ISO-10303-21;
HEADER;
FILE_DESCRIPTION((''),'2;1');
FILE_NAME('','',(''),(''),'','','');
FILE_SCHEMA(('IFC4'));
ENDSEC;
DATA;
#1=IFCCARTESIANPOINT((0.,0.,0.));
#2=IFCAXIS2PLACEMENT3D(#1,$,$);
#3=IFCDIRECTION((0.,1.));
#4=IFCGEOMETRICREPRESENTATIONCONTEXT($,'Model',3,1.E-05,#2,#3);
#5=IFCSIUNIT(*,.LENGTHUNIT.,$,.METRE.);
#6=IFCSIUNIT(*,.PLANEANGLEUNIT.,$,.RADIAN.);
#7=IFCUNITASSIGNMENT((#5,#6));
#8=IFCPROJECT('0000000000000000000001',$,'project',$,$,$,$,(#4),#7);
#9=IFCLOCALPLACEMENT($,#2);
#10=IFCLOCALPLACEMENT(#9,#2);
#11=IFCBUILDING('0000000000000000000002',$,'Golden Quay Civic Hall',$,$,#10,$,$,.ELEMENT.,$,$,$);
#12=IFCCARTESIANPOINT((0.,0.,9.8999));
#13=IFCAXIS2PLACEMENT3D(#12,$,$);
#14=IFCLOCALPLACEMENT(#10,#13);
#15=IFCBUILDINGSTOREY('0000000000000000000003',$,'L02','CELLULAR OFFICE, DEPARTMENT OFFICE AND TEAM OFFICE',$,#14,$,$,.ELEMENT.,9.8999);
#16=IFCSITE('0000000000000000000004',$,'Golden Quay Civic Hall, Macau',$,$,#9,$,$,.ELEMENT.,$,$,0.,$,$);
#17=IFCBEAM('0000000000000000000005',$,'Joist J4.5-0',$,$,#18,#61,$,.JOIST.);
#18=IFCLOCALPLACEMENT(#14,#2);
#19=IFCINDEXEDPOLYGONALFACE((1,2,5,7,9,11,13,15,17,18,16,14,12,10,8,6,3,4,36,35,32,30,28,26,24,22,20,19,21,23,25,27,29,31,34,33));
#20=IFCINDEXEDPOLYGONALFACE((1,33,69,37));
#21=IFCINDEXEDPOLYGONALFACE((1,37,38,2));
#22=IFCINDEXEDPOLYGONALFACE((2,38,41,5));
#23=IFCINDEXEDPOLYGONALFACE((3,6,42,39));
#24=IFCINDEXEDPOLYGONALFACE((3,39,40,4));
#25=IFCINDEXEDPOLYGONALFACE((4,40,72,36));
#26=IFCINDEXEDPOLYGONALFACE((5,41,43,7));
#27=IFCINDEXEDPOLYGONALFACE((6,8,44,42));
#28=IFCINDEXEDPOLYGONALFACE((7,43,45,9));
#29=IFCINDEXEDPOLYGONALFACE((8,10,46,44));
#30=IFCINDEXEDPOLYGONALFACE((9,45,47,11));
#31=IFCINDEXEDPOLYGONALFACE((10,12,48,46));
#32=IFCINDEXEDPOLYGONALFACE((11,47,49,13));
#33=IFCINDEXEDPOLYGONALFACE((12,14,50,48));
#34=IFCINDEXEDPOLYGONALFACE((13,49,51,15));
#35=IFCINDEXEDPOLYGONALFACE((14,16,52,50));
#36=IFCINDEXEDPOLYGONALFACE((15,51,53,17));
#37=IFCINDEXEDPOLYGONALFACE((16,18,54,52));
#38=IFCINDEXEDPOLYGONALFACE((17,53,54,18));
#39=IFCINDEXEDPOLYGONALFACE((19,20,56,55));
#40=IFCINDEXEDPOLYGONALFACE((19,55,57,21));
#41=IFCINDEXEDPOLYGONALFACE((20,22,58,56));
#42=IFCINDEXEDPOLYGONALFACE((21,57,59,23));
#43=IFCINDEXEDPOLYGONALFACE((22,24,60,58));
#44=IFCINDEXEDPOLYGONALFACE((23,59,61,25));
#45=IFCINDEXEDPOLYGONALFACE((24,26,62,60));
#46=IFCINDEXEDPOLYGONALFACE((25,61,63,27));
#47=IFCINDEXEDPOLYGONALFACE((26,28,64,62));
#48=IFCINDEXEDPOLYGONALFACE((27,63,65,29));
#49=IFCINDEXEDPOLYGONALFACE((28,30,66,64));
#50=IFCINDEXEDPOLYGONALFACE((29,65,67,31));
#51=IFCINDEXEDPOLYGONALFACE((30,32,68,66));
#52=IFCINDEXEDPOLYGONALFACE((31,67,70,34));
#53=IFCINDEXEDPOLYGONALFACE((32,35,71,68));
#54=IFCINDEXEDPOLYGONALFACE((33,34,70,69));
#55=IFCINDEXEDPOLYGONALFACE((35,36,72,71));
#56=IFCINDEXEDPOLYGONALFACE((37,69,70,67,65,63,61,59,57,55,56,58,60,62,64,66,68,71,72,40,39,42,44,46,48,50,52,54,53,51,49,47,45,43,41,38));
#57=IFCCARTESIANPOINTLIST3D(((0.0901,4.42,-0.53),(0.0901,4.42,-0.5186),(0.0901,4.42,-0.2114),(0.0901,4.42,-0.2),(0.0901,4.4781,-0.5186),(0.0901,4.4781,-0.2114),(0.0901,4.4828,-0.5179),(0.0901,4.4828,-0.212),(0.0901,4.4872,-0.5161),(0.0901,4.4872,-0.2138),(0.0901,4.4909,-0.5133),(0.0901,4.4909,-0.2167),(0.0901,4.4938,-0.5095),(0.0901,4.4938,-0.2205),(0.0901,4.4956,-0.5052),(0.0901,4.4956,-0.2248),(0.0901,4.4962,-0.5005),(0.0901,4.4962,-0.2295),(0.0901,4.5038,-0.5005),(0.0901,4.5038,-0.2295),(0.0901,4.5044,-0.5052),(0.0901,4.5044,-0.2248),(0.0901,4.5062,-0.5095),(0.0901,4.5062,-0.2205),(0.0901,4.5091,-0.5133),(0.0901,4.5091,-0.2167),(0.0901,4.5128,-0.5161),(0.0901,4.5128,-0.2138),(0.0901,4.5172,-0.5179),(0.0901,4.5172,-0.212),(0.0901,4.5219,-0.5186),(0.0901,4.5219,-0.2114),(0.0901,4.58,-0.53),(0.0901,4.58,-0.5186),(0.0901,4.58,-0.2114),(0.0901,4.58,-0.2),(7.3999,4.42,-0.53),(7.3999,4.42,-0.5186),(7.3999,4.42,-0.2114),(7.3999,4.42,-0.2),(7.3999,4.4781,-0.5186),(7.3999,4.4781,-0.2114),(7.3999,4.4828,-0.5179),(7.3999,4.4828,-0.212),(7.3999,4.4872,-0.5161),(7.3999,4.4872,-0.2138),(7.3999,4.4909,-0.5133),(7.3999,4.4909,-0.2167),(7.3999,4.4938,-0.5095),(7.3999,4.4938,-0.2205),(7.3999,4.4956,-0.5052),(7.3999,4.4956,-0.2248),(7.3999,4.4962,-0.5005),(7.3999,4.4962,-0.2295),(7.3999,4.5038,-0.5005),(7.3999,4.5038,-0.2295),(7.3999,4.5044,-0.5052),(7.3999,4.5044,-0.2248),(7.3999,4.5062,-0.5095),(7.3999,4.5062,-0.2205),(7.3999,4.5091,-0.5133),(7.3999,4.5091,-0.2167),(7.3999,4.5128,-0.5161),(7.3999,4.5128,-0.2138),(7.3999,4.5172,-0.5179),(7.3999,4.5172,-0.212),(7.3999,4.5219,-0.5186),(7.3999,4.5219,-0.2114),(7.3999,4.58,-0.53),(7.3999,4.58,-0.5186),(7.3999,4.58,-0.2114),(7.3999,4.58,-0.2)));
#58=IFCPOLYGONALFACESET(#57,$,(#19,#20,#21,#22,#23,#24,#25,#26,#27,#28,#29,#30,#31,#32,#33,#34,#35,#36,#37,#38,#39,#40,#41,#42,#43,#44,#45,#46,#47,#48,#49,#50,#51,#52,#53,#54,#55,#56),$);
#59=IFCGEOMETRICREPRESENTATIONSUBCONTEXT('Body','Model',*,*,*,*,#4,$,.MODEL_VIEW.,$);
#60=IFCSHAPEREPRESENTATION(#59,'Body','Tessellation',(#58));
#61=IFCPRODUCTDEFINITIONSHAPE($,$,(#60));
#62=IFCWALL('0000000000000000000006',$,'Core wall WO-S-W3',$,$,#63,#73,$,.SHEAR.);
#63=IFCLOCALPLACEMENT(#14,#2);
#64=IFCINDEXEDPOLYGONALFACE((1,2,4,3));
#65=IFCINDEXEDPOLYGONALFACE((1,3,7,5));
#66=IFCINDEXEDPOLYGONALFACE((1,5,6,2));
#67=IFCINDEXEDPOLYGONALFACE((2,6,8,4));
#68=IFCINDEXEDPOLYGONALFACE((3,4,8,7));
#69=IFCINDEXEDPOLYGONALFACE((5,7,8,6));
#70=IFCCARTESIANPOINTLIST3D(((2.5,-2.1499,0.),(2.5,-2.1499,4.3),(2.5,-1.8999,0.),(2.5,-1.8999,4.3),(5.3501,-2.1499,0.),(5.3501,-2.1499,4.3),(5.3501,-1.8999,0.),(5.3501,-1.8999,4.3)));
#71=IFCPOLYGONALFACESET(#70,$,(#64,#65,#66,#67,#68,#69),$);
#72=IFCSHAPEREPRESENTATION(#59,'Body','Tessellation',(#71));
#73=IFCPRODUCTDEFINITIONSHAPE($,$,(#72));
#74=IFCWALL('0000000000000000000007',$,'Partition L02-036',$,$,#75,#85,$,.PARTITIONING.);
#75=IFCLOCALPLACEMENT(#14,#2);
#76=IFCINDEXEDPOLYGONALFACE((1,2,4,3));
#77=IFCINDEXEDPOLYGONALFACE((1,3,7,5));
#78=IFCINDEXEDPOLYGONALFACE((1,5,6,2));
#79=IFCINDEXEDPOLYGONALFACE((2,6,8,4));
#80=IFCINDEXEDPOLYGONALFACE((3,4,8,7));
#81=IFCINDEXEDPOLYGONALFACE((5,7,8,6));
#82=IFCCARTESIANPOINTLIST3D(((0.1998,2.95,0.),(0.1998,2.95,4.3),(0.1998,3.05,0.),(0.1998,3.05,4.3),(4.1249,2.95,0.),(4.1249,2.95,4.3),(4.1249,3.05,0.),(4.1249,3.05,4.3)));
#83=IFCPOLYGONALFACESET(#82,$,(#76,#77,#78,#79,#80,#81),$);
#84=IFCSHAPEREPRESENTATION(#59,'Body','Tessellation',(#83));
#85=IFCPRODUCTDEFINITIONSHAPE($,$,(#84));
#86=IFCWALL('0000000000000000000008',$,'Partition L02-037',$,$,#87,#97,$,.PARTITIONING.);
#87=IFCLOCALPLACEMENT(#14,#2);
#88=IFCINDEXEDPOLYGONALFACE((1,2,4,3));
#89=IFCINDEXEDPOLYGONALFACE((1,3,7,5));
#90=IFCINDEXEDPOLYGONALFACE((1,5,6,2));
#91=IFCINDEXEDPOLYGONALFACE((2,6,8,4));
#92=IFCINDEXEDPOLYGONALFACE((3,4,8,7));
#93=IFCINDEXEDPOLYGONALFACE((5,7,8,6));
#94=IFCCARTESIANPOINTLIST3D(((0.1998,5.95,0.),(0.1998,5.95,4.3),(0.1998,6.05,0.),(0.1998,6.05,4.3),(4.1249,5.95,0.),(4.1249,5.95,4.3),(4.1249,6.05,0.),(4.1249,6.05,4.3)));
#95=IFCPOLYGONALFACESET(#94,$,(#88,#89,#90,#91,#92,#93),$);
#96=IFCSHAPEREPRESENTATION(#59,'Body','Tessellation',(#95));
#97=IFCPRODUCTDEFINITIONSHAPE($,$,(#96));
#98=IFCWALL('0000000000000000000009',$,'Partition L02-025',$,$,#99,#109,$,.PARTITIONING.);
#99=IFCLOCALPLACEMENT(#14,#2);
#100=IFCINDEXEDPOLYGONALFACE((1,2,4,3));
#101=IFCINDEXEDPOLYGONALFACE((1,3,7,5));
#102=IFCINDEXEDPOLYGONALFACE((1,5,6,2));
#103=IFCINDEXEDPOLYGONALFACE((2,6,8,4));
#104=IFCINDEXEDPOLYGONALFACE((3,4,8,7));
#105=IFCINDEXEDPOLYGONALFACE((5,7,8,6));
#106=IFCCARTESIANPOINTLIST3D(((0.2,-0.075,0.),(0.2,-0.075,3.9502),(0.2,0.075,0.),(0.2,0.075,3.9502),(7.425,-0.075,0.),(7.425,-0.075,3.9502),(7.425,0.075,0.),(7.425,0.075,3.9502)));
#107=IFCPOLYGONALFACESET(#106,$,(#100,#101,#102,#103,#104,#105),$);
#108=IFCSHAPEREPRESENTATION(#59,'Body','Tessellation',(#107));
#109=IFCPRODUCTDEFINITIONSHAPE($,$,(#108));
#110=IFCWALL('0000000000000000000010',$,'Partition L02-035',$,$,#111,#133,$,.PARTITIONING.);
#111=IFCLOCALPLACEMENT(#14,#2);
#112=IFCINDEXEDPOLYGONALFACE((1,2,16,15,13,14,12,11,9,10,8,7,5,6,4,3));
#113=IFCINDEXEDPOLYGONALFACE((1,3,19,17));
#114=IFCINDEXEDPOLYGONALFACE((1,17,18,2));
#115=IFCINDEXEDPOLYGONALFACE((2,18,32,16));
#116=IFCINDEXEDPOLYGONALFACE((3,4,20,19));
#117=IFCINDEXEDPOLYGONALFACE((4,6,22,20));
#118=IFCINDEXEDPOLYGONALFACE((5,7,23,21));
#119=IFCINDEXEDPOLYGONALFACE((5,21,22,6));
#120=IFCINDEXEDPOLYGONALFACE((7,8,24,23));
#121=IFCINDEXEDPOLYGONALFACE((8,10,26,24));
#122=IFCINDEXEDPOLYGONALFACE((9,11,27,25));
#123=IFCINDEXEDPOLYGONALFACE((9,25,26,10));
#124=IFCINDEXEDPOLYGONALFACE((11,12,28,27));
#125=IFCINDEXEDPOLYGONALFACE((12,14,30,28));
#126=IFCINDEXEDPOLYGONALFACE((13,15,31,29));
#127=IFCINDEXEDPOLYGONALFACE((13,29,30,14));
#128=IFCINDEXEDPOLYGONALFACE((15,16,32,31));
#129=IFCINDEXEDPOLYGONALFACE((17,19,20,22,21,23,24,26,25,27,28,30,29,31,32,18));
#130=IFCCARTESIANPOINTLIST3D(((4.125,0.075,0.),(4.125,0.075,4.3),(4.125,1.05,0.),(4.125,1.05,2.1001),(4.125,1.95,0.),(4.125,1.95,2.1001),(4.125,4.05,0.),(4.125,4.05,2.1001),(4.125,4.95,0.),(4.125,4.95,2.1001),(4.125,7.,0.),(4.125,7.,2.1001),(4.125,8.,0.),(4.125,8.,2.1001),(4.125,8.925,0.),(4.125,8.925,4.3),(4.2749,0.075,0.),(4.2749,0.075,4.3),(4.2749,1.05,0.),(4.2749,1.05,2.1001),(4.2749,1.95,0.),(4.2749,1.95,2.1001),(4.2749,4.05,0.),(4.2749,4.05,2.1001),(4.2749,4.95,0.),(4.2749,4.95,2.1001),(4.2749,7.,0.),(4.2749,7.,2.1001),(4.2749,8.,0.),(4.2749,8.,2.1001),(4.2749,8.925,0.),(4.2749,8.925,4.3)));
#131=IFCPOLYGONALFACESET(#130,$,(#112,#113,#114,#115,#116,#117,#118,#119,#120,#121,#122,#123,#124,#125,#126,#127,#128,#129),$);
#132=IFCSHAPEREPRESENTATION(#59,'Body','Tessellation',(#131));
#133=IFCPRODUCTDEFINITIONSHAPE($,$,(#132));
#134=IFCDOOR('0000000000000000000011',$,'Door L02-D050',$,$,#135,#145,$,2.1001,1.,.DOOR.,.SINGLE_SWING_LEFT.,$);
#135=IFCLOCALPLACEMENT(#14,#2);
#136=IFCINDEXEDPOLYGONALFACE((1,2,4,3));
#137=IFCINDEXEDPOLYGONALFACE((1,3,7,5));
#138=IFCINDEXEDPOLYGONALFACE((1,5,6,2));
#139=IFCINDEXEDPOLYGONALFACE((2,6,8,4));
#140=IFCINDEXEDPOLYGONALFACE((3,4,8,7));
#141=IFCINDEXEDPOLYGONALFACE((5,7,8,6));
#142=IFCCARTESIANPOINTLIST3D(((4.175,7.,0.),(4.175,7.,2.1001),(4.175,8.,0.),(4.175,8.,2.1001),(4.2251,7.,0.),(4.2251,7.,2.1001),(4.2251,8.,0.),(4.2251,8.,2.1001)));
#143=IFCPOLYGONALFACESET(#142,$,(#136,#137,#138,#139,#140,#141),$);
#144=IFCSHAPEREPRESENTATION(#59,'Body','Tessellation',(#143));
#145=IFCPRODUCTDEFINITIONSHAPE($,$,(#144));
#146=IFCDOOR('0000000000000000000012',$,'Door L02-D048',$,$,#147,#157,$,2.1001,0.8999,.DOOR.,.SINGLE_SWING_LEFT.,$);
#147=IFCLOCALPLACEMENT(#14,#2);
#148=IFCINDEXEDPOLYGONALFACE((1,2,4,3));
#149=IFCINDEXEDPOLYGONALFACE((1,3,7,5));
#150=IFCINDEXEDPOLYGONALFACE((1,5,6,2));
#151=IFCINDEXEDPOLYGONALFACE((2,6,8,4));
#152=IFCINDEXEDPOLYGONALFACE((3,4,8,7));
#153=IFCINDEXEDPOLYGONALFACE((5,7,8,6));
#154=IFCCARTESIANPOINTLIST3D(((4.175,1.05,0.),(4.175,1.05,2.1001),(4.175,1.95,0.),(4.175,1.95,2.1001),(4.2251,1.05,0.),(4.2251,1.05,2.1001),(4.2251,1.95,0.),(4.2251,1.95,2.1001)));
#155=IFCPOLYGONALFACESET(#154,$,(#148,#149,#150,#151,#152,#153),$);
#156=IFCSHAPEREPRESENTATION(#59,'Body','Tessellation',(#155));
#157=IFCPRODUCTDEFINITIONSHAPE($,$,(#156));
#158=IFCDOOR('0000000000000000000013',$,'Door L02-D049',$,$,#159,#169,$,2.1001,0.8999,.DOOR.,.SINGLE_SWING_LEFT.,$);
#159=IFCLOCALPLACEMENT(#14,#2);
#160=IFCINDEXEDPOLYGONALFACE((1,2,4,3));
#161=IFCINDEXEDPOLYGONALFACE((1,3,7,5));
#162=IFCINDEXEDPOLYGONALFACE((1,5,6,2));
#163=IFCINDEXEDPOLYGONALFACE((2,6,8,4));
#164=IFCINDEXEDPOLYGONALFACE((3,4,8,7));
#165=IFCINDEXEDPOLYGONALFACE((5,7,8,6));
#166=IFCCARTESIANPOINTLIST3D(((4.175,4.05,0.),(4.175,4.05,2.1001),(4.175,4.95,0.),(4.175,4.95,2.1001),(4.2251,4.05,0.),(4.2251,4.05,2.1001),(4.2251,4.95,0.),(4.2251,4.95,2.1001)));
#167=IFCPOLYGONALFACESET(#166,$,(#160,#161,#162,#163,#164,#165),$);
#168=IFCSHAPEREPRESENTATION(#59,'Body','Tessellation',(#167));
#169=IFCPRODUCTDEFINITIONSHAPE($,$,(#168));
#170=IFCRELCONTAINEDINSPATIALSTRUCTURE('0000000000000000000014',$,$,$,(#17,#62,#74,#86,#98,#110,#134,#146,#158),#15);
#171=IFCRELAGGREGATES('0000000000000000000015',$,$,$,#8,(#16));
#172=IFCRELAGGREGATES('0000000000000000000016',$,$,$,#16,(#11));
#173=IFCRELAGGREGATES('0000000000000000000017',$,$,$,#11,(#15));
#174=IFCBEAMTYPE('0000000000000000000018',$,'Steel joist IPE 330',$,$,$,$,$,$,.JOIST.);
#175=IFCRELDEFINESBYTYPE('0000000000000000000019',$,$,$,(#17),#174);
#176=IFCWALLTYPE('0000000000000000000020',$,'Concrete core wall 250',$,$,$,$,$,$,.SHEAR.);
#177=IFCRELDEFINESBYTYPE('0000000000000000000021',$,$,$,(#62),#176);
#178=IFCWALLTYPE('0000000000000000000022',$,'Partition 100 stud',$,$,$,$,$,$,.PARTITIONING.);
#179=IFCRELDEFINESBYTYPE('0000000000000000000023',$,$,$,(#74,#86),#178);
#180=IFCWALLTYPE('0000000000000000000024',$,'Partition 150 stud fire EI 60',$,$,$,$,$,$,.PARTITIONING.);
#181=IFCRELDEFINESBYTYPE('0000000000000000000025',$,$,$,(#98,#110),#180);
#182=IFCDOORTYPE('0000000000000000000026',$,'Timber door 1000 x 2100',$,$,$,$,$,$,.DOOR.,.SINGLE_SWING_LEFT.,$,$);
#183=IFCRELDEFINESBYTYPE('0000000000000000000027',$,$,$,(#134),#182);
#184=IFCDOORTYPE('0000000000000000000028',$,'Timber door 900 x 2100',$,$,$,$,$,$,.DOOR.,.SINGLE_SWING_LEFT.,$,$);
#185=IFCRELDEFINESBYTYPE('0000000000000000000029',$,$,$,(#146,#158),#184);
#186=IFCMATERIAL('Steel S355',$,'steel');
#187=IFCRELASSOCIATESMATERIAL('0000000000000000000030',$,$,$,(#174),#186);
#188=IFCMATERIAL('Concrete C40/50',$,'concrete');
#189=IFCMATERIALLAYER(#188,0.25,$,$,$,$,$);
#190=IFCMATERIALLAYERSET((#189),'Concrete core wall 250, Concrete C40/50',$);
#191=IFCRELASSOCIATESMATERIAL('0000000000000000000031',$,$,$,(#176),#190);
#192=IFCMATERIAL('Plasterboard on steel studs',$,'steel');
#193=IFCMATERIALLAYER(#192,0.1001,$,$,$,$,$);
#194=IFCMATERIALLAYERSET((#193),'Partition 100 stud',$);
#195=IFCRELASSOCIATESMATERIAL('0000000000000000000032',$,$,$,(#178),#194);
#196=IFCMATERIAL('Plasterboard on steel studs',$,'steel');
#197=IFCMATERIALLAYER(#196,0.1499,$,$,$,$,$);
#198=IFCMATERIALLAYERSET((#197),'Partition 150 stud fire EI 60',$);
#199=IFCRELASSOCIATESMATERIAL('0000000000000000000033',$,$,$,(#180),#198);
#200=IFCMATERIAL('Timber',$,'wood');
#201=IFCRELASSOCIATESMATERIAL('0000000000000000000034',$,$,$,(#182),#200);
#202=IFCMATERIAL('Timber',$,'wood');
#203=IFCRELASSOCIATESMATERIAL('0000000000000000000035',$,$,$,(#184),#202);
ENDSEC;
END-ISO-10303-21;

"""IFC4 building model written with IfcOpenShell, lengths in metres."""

from ifc_helpers import new_model, si_unit, direction, frame, frame_2d, origin, origin_2d, place, context, subcontext, project, spatial, rectangle, i_section, extrude, material, layer, layer_set, material_profile, profile_set, type_object, element, fill, save


model = new_model("IFC4")

# Units and contexts
model_context = context("Model", 3, precision=1e-05, world=origin(), true_north=direction((0.0, 1.0)))
body_context = subcontext(model_context, "Body", "Model", "MODEL_VIEW")
ifc_project = project(units=[si_unit("LENGTHUNIT", "METRE"), si_unit("PLANEANGLEUNIT", "RADIAN")], contexts=[model_context])

# Site, building, storey
site_placement = place(None, origin())
site = spatial("IfcSite", under=ifc_project, at=site_placement, Name="Golden Quay Civic Hall, Macau", CompositionType="ELEMENT", RefElevation=0.0)
building_placement = place(site_placement, origin())
building = spatial("IfcBuilding", under=site, at=building_placement, Name="Golden Quay Civic Hall", CompositionType="ELEMENT")
storey_placement = place(building_placement, frame((0.0, 0.0, 9.8999)))
storey = spatial("IfcBuildingStorey", under=building, at=storey_placement, Name="L02", Description="CELLULAR OFFICE, DEPARTMENT OFFICE AND TEAM OFFICE", CompositionType="ELEMENT", Elevation=9.8999)

# Beam
ifc_material_1 = material(Name="Steel S355", Category="steel")
ifc_material_profile_1 = material_profile(ifc_material_1, i_section(OverallWidth=0.1599, OverallDepth=0.3301, WebThickness=0.0076, FlangeThickness=0.0115, FilletRadius=0.0181, at=origin_2d()), Name="IPE 330")
ifc_profile_set_1 = profile_set([ifc_material_profile_1], Name="Steel S355")
beam_type_1 = type_object("IfcBeamType", Name="Steel joist IPE 330", PredefinedType="JOIST", material=ifc_profile_set_1)
for number, where, z_axis, x_axis, name in (
    (1, (0.0901, 4.5, -0.365), (1.0, 0.0, 0.0), (0.0, 1.0, 0.0), "Joist J4.5-0"),
):
    element("IfcBeam", number, at=place(storey_placement, frame(where, z_axis=z_axis, x_axis=x_axis)), inside=storey, type_object=beam_type_1, Name=name, PredefinedType="JOIST", context=body_context, shape_type="SweptSolid", body=[
        extrude(i_section(OverallWidth=0.1599, OverallDepth=0.3301, WebThickness=0.0076, FlangeThickness=0.0115, FilletRadius=0.0181, at=origin_2d()), origin(), (0.0, 0.0, 1.0), 7.3098),
    ])

# Walls
ifc_material_2 = material(Name="Concrete C40/50", Category="concrete")
ifc_layer_1 = layer(ifc_material_2, 0.25)
ifc_layer_set_1 = layer_set([ifc_layer_1], Name="Concrete core wall 250, Concrete C40/50")
wall_type_1 = type_object("IfcWallType", Name="Concrete core wall 250", PredefinedType="SHEAR", material=ifc_layer_set_1)
wall_1_placement = place(storey_placement, frame((2.5, -2.0249, 0.0), z_axis=(0.0, 0.0, 1.0), x_axis=(1.0, 0.0, 0.0)))
element("IfcWall", 2, at=wall_1_placement, inside=storey, type_object=wall_type_1, Name="Core wall WO-S-W3", PredefinedType="SHEAR", context=body_context, shape_type="SweptSolid", body=[
    extrude(rectangle(XDim=2.8501, YDim=0.25, at=frame_2d((1.425, 0.0))), origin(), (0.0, 0.0, 1.0), 4.3),
])
ifc_material_3 = material(Name="Plasterboard on steel studs", Category="steel")
ifc_layer_2 = layer(ifc_material_3, 0.1001)
ifc_layer_set_2 = layer_set([ifc_layer_2], Name="Partition 100 stud")
wall_type_2 = type_object("IfcWallType", Name="Partition 100 stud", PredefinedType="PARTITIONING", material=ifc_layer_set_2)
for number, where, z_axis, x_axis, name in (
    (3, (0.2, 3.0, 0.0), (0.0, 0.0, 1.0), (1.0, 0.0, 0.0), "Partition L02-036"),
    (4, (0.2, 6.0, 0.0), (0.0, 0.0, 1.0), (1.0, 0.0, 0.0), "Partition L02-037"),
):
    element("IfcWall", number, at=place(storey_placement, frame(where, z_axis=z_axis, x_axis=x_axis)), inside=storey, type_object=wall_type_2, Name=name, PredefinedType="PARTITIONING", context=body_context, shape_type="SweptSolid", body=[
        extrude(rectangle(XDim=3.925, YDim=0.1001, at=frame_2d((1.9624, 0.0))), origin(), (0.0, 0.0, 1.0), 4.3),
    ])
ifc_material_4 = material(Name="Plasterboard on steel studs", Category="steel")
ifc_layer_3 = layer(ifc_material_4, 0.1499)
ifc_layer_set_3 = layer_set([ifc_layer_3], Name="Partition 150 stud fire EI 60")
wall_type_3 = type_object("IfcWallType", Name="Partition 150 stud fire EI 60", PredefinedType="PARTITIONING", material=ifc_layer_set_3)
wall_2_placement = place(storey_placement, frame((0.2, 0.0, 0.0), z_axis=(0.0, 0.0, 1.0), x_axis=(1.0, 0.0, 0.0)))
element("IfcWall", 5, at=wall_2_placement, inside=storey, type_object=wall_type_3, Name="Partition L02-025", PredefinedType="PARTITIONING", context=body_context, shape_type="SweptSolid", body=[
    extrude(rectangle(XDim=7.2251, YDim=0.1499, at=frame_2d((3.6125, 0.0))), origin(), (0.0, 0.0, 1.0), 3.9502),
])

# Wall, openings, doors
wall_3_placement = place(storey_placement, frame((4.2, 0.075, 0.0), z_axis=(0.0, 0.0, 1.0), x_axis=(0.0, 1.0, 0.0)))
wall_3 = element("IfcWall", 6, at=wall_3_placement, inside=storey, type_object=wall_type_3, Name="Partition L02-035", PredefinedType="PARTITIONING", context=body_context, shape_type="SweptSolid", body=[
    extrude(rectangle(XDim=8.8501, YDim=0.1499, at=frame_2d((4.425, 0.0))), origin(), (0.0, 0.0, 1.0), 4.3),
])
opening_1_placement = place(wall_3_placement, frame((0.9751, 0.0, 0.0)))
opening_1 = element("IfcOpeningElement", 7, at=opening_1_placement, cuts=wall_3, PredefinedType="OPENING", context=body_context, shape_type="SweptSolid", body=[
    extrude(rectangle(XDim=0.8999, YDim=2.1001, at=frame_2d((0.45, 1.05))), frame((0.0, 0.085, 0.0), z_axis=(0.0, -1.0, 0.0), x_axis=(1.0, 0.0, 0.0)), (0.0, 0.0, 1.0), 0.1699),
])
opening_2_placement = place(wall_3_placement, frame((3.9751, 0.0, 0.0)))
opening_2 = element("IfcOpeningElement", 8, at=opening_2_placement, cuts=wall_3, PredefinedType="OPENING", context=body_context, shape_type="SweptSolid", body=[
    extrude(rectangle(XDim=0.8999, YDim=2.1001, at=frame_2d((0.45, 1.05))), frame((0.0, 0.085, 0.0), z_axis=(0.0, -1.0, 0.0), x_axis=(1.0, 0.0, 0.0)), (0.0, 0.0, 1.0), 0.1699),
])
opening_3_placement = place(wall_3_placement, frame((6.925, 0.0, 0.0)))
opening_3 = element("IfcOpeningElement", 9, at=opening_3_placement, cuts=wall_3, PredefinedType="OPENING", context=body_context, shape_type="SweptSolid", body=[
    extrude(rectangle(XDim=1.0, YDim=2.1001, at=frame_2d((0.5, 1.05))), frame((0.0, 0.085, 0.0), z_axis=(0.0, -1.0, 0.0), x_axis=(1.0, 0.0, 0.0)), (0.0, 0.0, 1.0), 0.1699),
])
ifc_material_5 = material(Name="Timber", Category="wood")
door_type_1 = type_object("IfcDoorType", Name="Timber door 1000 x 2100", OperationType="SINGLE_SWING_LEFT", PredefinedType="DOOR", material=ifc_material_5)
door_1_placement = place(opening_3_placement, origin())
door_1 = element("IfcDoor", 10, at=door_1_placement, inside=storey, type_object=door_type_1, Name="Door L02-D050", OperationType="SINGLE_SWING_LEFT", OverallHeight=2.1001, OverallWidth=1.0, PredefinedType="DOOR", context=body_context, shape_type="SweptSolid", body=[
    extrude(rectangle(XDim=1.0, YDim=2.1001, at=frame_2d((0.5, 1.05))), frame((0.0, 0.0249, 0.0), z_axis=(0.0, -1.0, 0.0), x_axis=(1.0, 0.0, 0.0)), (0.0, 0.0, 1.0), 0.05),
])
fill(opening_3, door_1)
ifc_material_6 = material(Name="Timber", Category="wood")
door_type_2 = type_object("IfcDoorType", Name="Timber door 900 x 2100", OperationType="SINGLE_SWING_LEFT", PredefinedType="DOOR", material=ifc_material_6)
door_2_placement = place(opening_1_placement, origin())
door_2 = element("IfcDoor", 11, at=door_2_placement, inside=storey, type_object=door_type_2, Name="Door L02-D048", OperationType="SINGLE_SWING_LEFT", OverallHeight=2.1001, OverallWidth=0.8999, PredefinedType="DOOR", context=body_context, shape_type="SweptSolid", body=[
    extrude(rectangle(XDim=0.8999, YDim=2.1001, at=frame_2d((0.45, 1.05))), frame((0.0, 0.0249, 0.0), z_axis=(0.0, -1.0, 0.0), x_axis=(1.0, 0.0, 0.0)), (0.0, 0.0, 1.0), 0.05),
])
fill(opening_1, door_2)
door_3_placement = place(opening_2_placement, origin())
door_3 = element("IfcDoor", 12, at=door_3_placement, inside=storey, type_object=door_type_2, Name="Door L02-D049", OperationType="SINGLE_SWING_LEFT", OverallHeight=2.1001, OverallWidth=0.8999, PredefinedType="DOOR", context=body_context, shape_type="SweptSolid", body=[
    extrude(rectangle(XDim=0.8999, YDim=2.1001, at=frame_2d((0.45, 1.05))), frame((0.0, 0.0249, 0.0), z_axis=(0.0, -1.0, 0.0), x_axis=(1.0, 0.0, 0.0)), (0.0, 0.0, 1.0), 0.05),
])
fill(opening_2, door_3)

save(model, "model.ifc")
